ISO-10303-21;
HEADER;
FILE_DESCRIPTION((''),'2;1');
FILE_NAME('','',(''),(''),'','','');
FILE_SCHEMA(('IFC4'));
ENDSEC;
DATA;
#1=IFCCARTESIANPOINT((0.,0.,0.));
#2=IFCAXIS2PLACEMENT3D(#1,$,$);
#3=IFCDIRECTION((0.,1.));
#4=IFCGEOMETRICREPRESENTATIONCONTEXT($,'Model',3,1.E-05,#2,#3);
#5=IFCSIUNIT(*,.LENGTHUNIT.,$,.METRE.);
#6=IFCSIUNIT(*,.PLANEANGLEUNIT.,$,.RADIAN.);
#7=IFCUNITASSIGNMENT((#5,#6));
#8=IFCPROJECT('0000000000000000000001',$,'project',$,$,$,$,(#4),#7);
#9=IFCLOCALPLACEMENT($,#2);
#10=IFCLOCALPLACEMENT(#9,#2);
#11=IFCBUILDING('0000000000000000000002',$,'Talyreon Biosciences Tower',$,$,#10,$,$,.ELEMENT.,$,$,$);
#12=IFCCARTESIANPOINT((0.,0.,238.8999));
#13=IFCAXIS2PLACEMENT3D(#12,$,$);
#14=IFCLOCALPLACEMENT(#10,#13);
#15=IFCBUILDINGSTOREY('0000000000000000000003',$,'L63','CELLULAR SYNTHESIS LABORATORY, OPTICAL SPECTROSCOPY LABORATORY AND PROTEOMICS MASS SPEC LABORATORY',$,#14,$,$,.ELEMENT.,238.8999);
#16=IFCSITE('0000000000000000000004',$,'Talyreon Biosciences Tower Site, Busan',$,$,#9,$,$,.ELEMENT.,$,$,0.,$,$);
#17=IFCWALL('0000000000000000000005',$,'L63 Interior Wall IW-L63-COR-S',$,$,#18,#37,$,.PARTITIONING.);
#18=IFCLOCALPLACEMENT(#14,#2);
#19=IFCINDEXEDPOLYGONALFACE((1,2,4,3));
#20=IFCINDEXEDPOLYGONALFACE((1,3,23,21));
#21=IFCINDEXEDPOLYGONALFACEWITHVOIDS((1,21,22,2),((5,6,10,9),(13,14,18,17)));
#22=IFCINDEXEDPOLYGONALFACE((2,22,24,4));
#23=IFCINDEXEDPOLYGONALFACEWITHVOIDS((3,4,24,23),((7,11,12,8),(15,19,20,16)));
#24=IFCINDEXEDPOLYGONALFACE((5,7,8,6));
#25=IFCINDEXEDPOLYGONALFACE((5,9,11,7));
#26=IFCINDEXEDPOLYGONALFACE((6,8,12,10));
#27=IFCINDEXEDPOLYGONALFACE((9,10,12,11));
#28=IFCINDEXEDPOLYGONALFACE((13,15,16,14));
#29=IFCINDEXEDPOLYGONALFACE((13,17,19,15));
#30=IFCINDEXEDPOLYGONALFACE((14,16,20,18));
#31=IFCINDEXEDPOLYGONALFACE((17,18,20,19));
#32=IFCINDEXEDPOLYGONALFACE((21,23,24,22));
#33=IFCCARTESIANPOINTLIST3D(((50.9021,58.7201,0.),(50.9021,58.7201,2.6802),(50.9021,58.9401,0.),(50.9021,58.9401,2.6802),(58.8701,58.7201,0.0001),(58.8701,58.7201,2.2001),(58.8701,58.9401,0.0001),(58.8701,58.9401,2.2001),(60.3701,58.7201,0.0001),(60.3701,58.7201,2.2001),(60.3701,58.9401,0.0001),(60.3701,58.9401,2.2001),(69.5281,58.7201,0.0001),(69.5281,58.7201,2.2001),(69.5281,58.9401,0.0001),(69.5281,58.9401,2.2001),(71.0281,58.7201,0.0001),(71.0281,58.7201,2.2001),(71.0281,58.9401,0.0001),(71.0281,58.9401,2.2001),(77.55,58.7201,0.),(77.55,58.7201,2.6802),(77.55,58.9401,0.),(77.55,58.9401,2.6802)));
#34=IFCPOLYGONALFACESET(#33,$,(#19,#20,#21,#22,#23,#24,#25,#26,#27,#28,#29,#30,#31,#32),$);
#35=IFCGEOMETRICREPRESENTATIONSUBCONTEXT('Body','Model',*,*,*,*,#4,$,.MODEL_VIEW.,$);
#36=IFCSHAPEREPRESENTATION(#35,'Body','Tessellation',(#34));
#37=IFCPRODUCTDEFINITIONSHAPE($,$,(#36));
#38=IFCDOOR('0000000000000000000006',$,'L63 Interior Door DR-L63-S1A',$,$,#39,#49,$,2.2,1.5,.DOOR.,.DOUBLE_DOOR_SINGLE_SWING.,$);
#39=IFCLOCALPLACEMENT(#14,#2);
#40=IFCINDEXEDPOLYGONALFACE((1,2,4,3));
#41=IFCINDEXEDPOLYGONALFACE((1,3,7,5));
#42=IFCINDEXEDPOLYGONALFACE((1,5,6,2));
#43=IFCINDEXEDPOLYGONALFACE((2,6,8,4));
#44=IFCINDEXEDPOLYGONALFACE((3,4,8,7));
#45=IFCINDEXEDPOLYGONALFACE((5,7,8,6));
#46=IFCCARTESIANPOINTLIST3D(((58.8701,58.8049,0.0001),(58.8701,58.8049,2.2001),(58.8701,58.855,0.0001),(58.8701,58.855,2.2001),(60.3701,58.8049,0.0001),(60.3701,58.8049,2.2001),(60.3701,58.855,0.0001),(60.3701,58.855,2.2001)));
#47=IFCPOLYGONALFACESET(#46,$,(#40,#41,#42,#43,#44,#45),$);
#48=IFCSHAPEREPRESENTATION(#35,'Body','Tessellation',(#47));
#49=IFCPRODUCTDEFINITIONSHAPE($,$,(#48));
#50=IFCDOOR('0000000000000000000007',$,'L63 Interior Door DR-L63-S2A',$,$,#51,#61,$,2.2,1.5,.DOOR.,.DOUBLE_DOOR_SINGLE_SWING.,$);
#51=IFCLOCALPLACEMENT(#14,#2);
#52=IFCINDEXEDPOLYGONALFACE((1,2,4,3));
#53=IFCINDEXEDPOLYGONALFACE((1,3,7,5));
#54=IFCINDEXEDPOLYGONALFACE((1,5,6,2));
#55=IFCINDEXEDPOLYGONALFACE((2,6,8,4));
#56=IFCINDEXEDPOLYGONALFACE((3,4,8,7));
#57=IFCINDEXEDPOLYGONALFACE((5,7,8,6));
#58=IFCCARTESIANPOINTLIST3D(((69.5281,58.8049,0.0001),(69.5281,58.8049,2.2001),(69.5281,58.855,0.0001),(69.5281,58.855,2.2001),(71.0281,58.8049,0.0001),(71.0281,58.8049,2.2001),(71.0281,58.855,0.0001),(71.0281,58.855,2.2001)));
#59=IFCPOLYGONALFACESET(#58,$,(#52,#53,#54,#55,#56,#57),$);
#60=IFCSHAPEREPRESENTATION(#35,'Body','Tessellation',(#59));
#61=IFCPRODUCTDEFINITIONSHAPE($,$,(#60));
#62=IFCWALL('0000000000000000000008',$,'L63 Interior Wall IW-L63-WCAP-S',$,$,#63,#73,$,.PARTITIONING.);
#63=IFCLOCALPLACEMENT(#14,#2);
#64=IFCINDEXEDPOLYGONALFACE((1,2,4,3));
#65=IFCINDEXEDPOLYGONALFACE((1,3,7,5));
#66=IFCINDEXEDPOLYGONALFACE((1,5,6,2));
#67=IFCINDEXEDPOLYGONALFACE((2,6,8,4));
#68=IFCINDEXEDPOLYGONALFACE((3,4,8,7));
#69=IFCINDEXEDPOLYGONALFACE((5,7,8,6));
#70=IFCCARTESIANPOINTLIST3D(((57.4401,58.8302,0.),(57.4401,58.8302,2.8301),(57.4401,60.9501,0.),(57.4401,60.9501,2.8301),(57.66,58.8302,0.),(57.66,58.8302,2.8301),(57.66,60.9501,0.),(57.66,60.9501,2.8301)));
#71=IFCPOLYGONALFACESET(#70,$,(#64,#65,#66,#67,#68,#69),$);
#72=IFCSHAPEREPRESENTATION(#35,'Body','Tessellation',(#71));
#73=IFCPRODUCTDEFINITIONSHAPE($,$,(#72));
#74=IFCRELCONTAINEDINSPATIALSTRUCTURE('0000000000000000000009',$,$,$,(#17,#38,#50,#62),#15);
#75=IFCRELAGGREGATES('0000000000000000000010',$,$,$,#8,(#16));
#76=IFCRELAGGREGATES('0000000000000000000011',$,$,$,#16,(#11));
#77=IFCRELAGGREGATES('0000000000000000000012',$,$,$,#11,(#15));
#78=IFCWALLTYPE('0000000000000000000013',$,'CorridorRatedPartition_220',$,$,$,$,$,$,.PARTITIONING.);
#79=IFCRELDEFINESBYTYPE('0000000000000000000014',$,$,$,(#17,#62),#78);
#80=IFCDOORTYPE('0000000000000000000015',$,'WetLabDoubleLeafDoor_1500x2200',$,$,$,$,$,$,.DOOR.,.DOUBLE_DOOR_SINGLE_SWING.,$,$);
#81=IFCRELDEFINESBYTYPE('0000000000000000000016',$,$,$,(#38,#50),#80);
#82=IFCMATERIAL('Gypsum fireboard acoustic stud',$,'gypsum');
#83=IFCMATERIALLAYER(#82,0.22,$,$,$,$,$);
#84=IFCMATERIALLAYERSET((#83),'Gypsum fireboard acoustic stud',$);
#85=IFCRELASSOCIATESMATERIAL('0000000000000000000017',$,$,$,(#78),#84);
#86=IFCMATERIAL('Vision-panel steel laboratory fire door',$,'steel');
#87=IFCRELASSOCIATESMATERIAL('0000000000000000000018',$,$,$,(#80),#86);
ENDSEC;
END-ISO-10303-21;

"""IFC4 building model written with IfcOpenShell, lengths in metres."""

from ifc_helpers import new_model, si_unit, direction, frame, frame_2d, origin, place, context, subcontext, project, spatial, rectangle, extrude, material, layer, layer_set, type_object, element, fill, save


model = new_model("IFC4")

# Units and contexts
model_context = context("Model", 3, precision=1e-05, world=origin(), true_north=direction((0.0, 1.0)))
body_context = subcontext(model_context, "Body", "Model", "MODEL_VIEW")
ifc_project = project(units=[si_unit("LENGTHUNIT", "METRE"), si_unit("PLANEANGLEUNIT", "RADIAN")], contexts=[model_context])

# Site, building, storey
site_placement = place(None, origin())
site = spatial("IfcSite", under=ifc_project, at=site_placement, Name="Talyreon Biosciences Tower Site, Busan", CompositionType="ELEMENT", RefElevation=0.0)
building_placement = place(site_placement, origin())
building = spatial("IfcBuilding", under=site, at=building_placement, Name="Talyreon Biosciences Tower", CompositionType="ELEMENT")
storey_placement = place(building_placement, frame((0.0, 0.0, 238.8999)))
storey = spatial("IfcBuildingStorey", under=building, at=storey_placement, Name="L63", Description="CELLULAR SYNTHESIS LABORATORY, OPTICAL SPECTROSCOPY LABORATORY AND PROTEOMICS MASS SPEC LABORATORY", CompositionType="ELEMENT", Elevation=238.8999)

# Wall, openings, doors
ifc_material_1 = material(Name="Gypsum fireboard acoustic stud", Category="gypsum")
ifc_layer_1 = layer(ifc_material_1, 0.22)
ifc_layer_set_1 = layer_set([ifc_layer_1], Name="Gypsum fireboard acoustic stud")
wall_type = type_object("IfcWallType", Name="CorridorRatedPartition_220", PredefinedType="PARTITIONING", material=ifc_layer_set_1)
wall_1_placement = place(storey_placement, frame((50.9021, 58.8301, 0.0), z_axis=(0.0, 0.0, 1.0), x_axis=(1.0, 0.0, 0.0)))
wall_1 = element("IfcWall", 1, at=wall_1_placement, inside=storey, type_object=wall_type, Name="L63 Interior Wall IW-L63-COR-S", PredefinedType="PARTITIONING", context=body_context, shape_type="SweptSolid", body=[
    extrude(rectangle(XDim=26.6479, YDim=0.22, at=frame_2d((13.324, 0.0))), origin(), (0.0, 0.0, 1.0), 2.6802),
])
opening_1_placement = place(wall_1_placement, frame((7.968, 0.0, 0.0)))
opening_1 = element("IfcOpeningElement", 2, at=opening_1_placement, cuts=wall_1, PredefinedType="OPENING", context=body_context, shape_type="SweptSolid", body=[
    extrude(rectangle(XDim=1.5, YDim=2.2, at=frame_2d((0.75, 1.1001))), frame((0.0, 0.1199, 0.0), z_axis=(0.0, -1.0, 0.0), x_axis=(1.0, 0.0, 0.0)), (0.0, 0.0, 1.0), 0.24),
])
opening_2_placement = place(wall_1_placement, frame((18.626, 0.0, 0.0)))
opening_2 = element("IfcOpeningElement", 3, at=opening_2_placement, cuts=wall_1, PredefinedType="OPENING", context=body_context, shape_type="SweptSolid", body=[
    extrude(rectangle(XDim=1.5, YDim=2.2, at=frame_2d((0.75, 1.1001))), frame((0.0, 0.1199, 0.0), z_axis=(0.0, -1.0, 0.0), x_axis=(1.0, 0.0, 0.0)), (0.0, 0.0, 1.0), 0.24),
])
ifc_material_2 = material(Name="Vision-panel steel laboratory fire door", Category="steel")
door_type = type_object("IfcDoorType", Name="WetLabDoubleLeafDoor_1500x2200", OperationType="DOUBLE_DOOR_SINGLE_SWING", PredefinedType="DOOR", material=ifc_material_2)
door_1_placement = place(opening_1_placement, origin())
door_1 = element("IfcDoor", 4, at=door_1_placement, inside=storey, type_object=door_type, Name="L63 Interior Door DR-L63-S1A", OperationType="DOUBLE_DOOR_SINGLE_SWING", OverallHeight=2.2, OverallWidth=1.5, PredefinedType="DOOR", context=body_context, shape_type="SweptSolid", body=[
    extrude(rectangle(XDim=1.5, YDim=2.2, at=frame_2d((0.75, 1.1001))), frame((0.0, 0.0249, 0.0), z_axis=(0.0, -1.0, 0.0), x_axis=(1.0, 0.0, 0.0)), (0.0, 0.0, 1.0), 0.05),
])
fill(opening_1, door_1)
door_2_placement = place(opening_2_placement, origin())
door_2 = element("IfcDoor", 5, at=door_2_placement, inside=storey, type_object=door_type, Name="L63 Interior Door DR-L63-S2A", OperationType="DOUBLE_DOOR_SINGLE_SWING", OverallHeight=2.2, OverallWidth=1.5, PredefinedType="DOOR", context=body_context, shape_type="SweptSolid", body=[
    extrude(rectangle(XDim=1.5, YDim=2.2, at=frame_2d((0.75, 1.1001))), frame((0.0, 0.0249, 0.0), z_axis=(0.0, -1.0, 0.0), x_axis=(1.0, 0.0, 0.0)), (0.0, 0.0, 1.0), 0.05),
])
fill(opening_2, door_2)

# Wall
wall_2_placement = place(storey_placement, frame((57.55, 58.8301, 0.0), z_axis=(0.0, 0.0, 1.0), x_axis=(0.0, 1.0, 0.0)))
element("IfcWall", 6, at=wall_2_placement, inside=storey, type_object=wall_type, Name="L63 Interior Wall IW-L63-WCAP-S", PredefinedType="PARTITIONING", context=body_context, shape_type="SweptSolid", body=[
    extrude(rectangle(XDim=2.1199, YDim=0.22, at=frame_2d((1.0601, 0.0))), origin(), (0.0, 0.0, 1.0), 2.8301),
])

save(model, "model.ifc")
